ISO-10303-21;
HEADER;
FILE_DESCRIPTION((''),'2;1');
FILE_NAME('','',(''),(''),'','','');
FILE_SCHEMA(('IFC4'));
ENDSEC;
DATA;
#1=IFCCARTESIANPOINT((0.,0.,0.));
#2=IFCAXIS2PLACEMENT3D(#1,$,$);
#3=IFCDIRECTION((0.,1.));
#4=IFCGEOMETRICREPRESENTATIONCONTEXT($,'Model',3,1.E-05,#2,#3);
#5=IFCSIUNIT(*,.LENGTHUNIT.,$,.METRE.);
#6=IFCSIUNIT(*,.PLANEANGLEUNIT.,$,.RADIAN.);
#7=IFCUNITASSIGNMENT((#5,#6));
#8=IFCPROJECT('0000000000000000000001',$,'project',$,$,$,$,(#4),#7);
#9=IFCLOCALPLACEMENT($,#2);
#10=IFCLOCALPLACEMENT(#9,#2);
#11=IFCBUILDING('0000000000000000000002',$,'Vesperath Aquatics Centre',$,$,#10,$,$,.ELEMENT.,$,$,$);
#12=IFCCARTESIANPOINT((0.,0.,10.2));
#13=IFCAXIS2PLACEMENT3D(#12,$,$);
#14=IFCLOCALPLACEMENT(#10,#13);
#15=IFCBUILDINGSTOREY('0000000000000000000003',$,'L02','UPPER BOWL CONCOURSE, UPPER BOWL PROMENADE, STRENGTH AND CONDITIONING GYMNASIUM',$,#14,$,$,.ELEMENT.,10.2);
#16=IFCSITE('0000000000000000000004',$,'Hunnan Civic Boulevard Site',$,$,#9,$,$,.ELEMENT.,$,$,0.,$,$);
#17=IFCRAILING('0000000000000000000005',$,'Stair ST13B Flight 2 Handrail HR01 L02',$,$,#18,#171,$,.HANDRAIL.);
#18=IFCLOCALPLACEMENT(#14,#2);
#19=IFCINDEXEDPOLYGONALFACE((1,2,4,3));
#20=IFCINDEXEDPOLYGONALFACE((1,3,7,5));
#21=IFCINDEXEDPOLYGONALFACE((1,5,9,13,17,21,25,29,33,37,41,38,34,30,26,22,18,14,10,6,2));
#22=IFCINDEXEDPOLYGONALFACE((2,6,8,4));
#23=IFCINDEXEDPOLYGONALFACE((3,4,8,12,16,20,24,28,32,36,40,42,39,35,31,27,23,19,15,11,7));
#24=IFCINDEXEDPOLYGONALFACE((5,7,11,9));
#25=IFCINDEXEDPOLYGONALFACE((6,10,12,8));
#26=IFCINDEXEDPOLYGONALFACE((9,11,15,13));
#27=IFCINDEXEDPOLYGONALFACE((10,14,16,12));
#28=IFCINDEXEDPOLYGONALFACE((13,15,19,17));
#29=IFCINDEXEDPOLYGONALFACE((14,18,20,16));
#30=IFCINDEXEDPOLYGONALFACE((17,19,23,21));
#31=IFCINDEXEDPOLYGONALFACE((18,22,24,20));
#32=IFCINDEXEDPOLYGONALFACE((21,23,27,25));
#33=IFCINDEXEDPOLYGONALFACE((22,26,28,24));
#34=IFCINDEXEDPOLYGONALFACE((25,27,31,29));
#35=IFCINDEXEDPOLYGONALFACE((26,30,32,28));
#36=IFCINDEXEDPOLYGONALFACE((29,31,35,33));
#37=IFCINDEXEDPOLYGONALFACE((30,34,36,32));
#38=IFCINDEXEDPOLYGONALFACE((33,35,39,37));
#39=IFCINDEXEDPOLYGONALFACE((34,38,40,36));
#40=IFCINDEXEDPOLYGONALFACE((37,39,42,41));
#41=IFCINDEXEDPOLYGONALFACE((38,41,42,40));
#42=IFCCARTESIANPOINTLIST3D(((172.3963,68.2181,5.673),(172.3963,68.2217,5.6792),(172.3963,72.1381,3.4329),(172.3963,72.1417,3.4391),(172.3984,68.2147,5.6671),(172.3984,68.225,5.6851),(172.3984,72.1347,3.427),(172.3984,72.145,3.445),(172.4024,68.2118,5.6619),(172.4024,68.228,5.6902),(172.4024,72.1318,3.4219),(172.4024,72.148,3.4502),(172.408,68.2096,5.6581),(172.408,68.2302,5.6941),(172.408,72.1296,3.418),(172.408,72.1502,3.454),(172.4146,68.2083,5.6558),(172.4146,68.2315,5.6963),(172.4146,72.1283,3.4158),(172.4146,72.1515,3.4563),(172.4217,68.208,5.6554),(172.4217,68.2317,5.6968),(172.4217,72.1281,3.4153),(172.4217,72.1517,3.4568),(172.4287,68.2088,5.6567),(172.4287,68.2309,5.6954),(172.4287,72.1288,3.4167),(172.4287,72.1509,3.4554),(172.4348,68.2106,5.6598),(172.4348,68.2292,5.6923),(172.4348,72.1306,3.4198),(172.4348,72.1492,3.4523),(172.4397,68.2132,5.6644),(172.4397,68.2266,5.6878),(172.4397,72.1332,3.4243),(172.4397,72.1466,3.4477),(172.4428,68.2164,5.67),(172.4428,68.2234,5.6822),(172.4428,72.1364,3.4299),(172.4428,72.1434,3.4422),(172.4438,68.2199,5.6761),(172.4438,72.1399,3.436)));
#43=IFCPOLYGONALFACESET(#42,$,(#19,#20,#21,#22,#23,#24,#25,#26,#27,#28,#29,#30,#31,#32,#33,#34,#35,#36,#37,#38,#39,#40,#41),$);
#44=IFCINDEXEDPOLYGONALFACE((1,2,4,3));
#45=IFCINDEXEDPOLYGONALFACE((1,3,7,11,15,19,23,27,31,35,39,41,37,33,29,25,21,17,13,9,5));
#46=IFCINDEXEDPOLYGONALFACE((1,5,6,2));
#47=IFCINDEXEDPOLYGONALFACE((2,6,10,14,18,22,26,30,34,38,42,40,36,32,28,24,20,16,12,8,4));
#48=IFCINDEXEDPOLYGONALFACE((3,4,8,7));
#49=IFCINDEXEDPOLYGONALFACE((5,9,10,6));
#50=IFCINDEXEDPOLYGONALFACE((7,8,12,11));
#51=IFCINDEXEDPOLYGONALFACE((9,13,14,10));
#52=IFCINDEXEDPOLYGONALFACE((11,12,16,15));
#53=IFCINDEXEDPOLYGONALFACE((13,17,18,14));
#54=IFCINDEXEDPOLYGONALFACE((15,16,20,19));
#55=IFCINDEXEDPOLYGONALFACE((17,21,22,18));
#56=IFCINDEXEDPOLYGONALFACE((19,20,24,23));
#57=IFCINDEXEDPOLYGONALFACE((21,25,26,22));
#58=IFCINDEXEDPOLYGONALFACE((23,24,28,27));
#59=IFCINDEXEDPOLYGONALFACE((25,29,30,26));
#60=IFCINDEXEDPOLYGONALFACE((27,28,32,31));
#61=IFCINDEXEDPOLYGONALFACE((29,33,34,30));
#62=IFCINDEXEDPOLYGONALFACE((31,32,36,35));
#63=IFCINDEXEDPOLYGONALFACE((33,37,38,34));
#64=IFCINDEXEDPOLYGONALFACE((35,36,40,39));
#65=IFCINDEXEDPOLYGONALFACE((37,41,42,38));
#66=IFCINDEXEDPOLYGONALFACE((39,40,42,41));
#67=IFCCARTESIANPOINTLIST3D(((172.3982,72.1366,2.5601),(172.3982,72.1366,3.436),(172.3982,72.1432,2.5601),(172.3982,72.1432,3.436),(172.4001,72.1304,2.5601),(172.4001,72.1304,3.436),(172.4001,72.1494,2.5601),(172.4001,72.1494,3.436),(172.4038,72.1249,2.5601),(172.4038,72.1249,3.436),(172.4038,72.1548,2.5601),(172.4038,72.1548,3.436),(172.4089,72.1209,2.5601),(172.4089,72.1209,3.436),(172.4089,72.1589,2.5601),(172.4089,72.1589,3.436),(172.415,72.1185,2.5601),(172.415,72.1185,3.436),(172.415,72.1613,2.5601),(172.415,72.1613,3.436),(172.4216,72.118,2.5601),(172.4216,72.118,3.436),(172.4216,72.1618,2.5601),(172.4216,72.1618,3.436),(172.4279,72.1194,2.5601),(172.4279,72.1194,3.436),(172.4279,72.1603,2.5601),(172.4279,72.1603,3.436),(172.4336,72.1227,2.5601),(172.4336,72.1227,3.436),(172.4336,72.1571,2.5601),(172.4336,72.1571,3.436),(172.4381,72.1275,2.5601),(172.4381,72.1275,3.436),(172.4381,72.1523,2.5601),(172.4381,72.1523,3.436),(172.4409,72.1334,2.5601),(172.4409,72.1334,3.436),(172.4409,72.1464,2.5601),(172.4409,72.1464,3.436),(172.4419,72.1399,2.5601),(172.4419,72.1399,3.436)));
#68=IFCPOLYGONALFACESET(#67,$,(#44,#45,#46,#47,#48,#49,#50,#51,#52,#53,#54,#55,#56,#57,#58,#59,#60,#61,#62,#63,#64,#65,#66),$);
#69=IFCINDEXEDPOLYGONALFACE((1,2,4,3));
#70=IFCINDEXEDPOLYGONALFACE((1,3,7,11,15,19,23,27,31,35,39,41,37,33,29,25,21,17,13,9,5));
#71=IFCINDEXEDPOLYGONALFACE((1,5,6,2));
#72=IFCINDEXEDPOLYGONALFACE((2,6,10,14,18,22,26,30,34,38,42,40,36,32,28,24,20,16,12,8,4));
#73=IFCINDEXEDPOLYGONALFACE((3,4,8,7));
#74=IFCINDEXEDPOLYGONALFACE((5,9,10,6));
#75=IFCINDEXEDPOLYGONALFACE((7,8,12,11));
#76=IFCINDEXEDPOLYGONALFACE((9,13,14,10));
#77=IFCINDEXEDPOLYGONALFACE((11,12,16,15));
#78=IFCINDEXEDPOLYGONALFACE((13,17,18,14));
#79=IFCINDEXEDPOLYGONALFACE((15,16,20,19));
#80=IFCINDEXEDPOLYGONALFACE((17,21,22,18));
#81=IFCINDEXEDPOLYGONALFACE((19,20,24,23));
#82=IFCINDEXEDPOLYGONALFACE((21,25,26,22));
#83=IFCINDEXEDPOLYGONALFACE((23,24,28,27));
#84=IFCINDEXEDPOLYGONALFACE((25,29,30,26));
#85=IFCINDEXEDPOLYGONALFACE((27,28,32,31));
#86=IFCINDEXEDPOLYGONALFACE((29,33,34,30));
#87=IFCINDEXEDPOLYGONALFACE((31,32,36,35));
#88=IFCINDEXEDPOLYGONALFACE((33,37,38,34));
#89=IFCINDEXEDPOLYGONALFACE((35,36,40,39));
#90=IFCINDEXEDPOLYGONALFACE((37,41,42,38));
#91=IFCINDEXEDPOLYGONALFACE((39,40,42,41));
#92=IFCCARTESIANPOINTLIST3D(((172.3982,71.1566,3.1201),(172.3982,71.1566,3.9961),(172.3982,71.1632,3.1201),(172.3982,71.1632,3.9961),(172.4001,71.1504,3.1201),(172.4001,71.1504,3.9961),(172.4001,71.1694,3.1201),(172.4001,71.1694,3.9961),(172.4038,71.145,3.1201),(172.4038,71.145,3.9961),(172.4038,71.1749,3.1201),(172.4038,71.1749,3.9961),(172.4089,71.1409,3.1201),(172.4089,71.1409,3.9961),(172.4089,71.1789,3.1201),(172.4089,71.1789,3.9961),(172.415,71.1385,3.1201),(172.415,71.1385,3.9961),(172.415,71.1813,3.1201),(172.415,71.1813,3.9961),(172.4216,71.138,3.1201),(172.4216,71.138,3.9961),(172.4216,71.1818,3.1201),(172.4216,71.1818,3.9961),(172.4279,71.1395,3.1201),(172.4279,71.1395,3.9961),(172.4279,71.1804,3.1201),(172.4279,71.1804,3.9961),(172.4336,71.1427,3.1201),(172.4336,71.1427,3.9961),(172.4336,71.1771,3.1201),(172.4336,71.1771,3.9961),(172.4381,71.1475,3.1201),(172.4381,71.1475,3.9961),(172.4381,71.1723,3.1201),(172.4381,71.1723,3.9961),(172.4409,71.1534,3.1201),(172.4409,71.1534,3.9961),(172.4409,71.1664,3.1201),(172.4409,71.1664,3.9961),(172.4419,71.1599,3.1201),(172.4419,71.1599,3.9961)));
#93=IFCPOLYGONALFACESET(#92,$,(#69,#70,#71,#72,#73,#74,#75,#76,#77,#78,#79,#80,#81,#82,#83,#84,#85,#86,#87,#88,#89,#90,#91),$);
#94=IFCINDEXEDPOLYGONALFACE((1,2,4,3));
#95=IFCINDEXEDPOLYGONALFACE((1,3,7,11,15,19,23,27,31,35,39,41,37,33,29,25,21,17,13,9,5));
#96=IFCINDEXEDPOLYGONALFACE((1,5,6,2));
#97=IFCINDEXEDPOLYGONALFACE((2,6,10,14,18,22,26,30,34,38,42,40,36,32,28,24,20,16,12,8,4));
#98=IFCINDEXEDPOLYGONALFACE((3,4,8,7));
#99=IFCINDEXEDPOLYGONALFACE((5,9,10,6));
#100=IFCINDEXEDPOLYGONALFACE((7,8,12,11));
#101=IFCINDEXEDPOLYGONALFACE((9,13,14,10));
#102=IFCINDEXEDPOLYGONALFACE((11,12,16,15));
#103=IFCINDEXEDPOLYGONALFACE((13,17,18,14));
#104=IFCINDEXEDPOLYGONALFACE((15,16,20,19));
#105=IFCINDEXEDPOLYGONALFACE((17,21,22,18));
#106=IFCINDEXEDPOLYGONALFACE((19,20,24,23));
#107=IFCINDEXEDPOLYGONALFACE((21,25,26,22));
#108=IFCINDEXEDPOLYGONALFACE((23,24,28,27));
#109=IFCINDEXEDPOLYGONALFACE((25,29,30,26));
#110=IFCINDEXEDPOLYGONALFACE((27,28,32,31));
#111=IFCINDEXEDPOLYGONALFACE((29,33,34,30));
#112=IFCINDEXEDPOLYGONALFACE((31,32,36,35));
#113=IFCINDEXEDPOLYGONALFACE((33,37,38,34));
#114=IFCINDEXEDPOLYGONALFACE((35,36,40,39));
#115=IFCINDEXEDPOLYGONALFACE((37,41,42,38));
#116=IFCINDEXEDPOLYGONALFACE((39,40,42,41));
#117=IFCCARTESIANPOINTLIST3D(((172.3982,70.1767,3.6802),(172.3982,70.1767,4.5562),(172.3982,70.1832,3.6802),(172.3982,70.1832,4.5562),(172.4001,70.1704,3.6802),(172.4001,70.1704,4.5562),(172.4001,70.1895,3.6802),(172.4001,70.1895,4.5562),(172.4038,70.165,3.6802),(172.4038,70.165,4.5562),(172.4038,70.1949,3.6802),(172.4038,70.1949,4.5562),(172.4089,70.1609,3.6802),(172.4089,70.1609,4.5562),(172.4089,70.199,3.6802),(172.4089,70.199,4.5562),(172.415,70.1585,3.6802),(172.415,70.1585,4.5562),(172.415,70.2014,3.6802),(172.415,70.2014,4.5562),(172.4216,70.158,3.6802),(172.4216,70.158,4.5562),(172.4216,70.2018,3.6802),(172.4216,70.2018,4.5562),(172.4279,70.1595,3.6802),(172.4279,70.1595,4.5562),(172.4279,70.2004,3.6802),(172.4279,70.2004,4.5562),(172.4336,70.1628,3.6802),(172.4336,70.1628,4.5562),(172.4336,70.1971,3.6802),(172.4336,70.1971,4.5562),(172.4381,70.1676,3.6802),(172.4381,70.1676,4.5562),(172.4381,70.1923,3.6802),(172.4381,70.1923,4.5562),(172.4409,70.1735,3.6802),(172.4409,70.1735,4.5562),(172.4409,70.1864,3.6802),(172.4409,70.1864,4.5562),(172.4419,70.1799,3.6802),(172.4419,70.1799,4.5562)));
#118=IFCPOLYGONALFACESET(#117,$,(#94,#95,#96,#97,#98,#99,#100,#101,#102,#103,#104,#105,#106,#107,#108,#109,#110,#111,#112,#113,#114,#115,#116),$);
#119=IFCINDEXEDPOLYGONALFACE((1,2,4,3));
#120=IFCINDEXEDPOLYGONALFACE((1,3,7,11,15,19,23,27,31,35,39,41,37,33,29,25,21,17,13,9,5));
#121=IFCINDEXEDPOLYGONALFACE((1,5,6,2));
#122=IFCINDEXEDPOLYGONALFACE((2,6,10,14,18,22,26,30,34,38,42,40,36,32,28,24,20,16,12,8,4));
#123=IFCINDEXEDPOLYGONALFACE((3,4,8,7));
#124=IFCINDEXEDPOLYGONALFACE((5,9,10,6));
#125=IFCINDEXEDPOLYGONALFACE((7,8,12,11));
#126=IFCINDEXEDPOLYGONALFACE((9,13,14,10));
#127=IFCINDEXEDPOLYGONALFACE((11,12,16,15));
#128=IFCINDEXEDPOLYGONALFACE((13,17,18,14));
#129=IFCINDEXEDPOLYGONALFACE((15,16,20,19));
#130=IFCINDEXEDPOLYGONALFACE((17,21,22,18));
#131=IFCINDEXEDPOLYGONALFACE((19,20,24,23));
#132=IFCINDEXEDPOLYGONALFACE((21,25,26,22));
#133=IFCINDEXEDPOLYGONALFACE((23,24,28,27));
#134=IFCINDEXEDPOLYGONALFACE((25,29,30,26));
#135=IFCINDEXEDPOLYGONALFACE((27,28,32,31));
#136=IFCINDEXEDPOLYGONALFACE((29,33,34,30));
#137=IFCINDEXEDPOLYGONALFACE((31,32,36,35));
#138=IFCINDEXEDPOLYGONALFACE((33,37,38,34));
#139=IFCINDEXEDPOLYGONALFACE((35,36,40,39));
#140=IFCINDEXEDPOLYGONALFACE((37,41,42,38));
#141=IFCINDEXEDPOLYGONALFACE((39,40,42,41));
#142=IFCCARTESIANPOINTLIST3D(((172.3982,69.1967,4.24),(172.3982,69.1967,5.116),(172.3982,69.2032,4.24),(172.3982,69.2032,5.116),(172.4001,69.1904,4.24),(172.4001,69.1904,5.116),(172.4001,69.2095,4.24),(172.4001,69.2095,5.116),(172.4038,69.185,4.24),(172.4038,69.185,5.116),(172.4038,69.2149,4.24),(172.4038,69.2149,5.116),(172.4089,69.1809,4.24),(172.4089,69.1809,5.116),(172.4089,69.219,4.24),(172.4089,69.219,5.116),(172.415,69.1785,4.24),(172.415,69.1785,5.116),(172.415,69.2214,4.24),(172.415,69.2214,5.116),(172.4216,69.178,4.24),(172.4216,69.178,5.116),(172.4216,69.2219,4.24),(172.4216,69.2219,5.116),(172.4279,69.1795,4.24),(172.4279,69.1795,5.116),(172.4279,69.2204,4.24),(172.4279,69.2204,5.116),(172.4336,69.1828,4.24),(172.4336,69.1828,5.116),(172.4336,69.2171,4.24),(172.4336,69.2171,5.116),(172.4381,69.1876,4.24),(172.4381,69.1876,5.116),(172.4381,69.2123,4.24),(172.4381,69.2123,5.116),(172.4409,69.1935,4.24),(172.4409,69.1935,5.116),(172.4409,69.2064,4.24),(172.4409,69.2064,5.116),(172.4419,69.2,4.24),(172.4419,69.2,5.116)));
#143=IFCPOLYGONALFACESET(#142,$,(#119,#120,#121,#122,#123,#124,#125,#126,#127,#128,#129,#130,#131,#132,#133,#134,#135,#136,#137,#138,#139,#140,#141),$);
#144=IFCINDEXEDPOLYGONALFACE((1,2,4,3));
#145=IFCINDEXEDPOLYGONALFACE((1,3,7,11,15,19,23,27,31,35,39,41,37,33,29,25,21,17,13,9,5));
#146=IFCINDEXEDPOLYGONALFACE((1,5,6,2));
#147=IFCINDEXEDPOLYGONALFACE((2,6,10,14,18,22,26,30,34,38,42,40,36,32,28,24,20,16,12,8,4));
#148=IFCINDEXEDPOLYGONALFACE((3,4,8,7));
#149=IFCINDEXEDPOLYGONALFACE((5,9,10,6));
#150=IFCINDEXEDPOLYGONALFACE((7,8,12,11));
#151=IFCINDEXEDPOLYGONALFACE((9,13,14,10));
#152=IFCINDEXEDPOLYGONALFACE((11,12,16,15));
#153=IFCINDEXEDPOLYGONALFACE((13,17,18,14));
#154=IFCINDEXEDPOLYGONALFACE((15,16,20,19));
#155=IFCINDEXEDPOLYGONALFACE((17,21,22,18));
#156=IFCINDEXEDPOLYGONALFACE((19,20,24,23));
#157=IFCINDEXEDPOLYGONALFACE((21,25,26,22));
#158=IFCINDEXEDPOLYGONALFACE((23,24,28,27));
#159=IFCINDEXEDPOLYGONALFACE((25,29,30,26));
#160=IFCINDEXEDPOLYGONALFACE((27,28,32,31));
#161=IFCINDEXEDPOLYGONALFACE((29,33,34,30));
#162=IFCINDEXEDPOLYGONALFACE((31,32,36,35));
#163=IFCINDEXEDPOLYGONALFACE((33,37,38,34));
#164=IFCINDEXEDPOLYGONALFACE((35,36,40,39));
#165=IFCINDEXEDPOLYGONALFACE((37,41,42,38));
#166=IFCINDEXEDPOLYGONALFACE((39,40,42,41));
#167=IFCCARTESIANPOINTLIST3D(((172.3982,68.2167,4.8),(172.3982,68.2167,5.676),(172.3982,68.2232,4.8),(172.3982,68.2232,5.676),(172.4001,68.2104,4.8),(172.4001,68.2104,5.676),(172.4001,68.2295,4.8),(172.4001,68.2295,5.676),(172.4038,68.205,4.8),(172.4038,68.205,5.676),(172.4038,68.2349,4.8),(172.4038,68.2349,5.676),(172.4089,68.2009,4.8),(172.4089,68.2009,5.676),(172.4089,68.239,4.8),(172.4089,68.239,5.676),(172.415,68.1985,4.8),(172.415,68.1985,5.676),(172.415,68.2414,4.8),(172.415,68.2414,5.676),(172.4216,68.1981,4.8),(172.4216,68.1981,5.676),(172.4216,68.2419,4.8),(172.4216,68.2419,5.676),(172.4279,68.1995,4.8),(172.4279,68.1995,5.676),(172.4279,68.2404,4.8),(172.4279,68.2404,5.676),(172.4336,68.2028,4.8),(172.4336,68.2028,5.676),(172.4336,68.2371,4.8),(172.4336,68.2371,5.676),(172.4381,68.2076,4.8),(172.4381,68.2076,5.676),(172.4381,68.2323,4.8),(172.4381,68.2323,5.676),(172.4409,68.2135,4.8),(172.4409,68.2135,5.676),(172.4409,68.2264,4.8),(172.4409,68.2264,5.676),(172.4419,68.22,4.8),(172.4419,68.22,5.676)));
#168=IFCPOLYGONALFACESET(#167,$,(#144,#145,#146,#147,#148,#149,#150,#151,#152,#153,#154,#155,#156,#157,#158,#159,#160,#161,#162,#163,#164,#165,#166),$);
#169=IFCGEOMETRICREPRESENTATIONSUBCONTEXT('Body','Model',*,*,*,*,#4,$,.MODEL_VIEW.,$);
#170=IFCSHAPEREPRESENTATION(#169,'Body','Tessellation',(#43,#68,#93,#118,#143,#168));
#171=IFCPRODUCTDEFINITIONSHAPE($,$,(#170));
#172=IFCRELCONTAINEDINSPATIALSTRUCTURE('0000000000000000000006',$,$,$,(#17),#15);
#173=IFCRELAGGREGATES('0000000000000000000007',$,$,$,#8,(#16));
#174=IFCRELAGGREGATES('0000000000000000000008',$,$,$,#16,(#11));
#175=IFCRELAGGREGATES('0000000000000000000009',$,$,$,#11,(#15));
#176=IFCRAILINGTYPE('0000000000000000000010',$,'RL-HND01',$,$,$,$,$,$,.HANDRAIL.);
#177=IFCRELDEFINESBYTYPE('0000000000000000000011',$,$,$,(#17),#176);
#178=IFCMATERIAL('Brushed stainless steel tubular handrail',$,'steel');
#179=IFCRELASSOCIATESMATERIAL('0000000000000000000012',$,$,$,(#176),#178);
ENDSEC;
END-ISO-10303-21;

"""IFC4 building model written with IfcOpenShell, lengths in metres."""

from ifc_helpers import new_model, si_unit, direction, frame, origin, origin_2d, place, context, subcontext, project, spatial, circle, extrude, material, type_object, element, save


model = new_model("IFC4")

# Units and contexts
model_context = context("Model", 3, precision=1e-05, world=origin(), true_north=direction((0.0, 1.0)))
body_context = subcontext(model_context, "Body", "Model", "MODEL_VIEW")
ifc_project = project(units=[si_unit("LENGTHUNIT", "METRE"), si_unit("PLANEANGLEUNIT", "RADIAN")], contexts=[model_context])

# Site, building, storey
site_placement = place(None, origin())
site = spatial("IfcSite", under=ifc_project, at=site_placement, Name="Hunnan Civic Boulevard Site", CompositionType="ELEMENT", RefElevation=0.0)
building_placement = place(site_placement, origin())
building = spatial("IfcBuilding", under=site, at=building_placement, Name="Vesperath Aquatics Centre", CompositionType="ELEMENT")
storey_placement = place(building_placement, frame((0.0, 0.0, 10.2)))
storey = spatial("IfcBuildingStorey", under=building, at=storey_placement, Name="L02", Description="UPPER BOWL CONCOURSE, UPPER BOWL PROMENADE, STRENGTH AND CONDITIONING GYMNASIUM", CompositionType="ELEMENT", Elevation=10.2)

# Railing
ifc_material_1 = material(Name="Brushed stainless steel tubular handrail", Category="steel")
railing_type_1 = type_object("IfcRailingType", Name="RL-HND01", PredefinedType="HANDRAIL", material=ifc_material_1)
railing_1_placement = place(storey_placement, frame((172.4199, 72.1399, 2.5601)))
element("IfcRailing", 1, at=railing_1_placement, inside=storey, type_object=railing_type_1, Name="Stair ST13B Flight 2 Handrail HR01 L02", PredefinedType="HANDRAIL", context=body_context, shape_type="SweptSolid", body=[
    extrude(circle(Radius=0.0239, at=origin_2d()), frame((0.0, 0.0, 0.876), z_axis=(0.0, -0.86824, 0.496145), x_axis=(1.0, 0.0, 0.0)), (0.0, 0.0, 1.0), 4.5149),
    extrude(circle(Radius=0.022, at=origin_2d()), origin(), (0.0, 0.0, 1.0), 0.876),
    extrude(circle(Radius=0.022, at=origin_2d()), frame((0.0, -0.98, 0.5601)), (0.0, 0.0, 1.0), 0.876),
    extrude(circle(Radius=0.022, at=origin_2d()), frame((0.0, -1.96, 1.1201)), (0.0, 0.0, 1.0), 0.876),
    extrude(circle(Radius=0.022, at=origin_2d()), frame((0.0, -2.9399, 1.6799)), (0.0, 0.0, 1.0), 0.876),
    extrude(circle(Radius=0.022, at=origin_2d()), frame((0.0, -3.9199, 2.24)), (0.0, 0.0, 1.0), 0.876),
])

save(model, "model.ifc")
